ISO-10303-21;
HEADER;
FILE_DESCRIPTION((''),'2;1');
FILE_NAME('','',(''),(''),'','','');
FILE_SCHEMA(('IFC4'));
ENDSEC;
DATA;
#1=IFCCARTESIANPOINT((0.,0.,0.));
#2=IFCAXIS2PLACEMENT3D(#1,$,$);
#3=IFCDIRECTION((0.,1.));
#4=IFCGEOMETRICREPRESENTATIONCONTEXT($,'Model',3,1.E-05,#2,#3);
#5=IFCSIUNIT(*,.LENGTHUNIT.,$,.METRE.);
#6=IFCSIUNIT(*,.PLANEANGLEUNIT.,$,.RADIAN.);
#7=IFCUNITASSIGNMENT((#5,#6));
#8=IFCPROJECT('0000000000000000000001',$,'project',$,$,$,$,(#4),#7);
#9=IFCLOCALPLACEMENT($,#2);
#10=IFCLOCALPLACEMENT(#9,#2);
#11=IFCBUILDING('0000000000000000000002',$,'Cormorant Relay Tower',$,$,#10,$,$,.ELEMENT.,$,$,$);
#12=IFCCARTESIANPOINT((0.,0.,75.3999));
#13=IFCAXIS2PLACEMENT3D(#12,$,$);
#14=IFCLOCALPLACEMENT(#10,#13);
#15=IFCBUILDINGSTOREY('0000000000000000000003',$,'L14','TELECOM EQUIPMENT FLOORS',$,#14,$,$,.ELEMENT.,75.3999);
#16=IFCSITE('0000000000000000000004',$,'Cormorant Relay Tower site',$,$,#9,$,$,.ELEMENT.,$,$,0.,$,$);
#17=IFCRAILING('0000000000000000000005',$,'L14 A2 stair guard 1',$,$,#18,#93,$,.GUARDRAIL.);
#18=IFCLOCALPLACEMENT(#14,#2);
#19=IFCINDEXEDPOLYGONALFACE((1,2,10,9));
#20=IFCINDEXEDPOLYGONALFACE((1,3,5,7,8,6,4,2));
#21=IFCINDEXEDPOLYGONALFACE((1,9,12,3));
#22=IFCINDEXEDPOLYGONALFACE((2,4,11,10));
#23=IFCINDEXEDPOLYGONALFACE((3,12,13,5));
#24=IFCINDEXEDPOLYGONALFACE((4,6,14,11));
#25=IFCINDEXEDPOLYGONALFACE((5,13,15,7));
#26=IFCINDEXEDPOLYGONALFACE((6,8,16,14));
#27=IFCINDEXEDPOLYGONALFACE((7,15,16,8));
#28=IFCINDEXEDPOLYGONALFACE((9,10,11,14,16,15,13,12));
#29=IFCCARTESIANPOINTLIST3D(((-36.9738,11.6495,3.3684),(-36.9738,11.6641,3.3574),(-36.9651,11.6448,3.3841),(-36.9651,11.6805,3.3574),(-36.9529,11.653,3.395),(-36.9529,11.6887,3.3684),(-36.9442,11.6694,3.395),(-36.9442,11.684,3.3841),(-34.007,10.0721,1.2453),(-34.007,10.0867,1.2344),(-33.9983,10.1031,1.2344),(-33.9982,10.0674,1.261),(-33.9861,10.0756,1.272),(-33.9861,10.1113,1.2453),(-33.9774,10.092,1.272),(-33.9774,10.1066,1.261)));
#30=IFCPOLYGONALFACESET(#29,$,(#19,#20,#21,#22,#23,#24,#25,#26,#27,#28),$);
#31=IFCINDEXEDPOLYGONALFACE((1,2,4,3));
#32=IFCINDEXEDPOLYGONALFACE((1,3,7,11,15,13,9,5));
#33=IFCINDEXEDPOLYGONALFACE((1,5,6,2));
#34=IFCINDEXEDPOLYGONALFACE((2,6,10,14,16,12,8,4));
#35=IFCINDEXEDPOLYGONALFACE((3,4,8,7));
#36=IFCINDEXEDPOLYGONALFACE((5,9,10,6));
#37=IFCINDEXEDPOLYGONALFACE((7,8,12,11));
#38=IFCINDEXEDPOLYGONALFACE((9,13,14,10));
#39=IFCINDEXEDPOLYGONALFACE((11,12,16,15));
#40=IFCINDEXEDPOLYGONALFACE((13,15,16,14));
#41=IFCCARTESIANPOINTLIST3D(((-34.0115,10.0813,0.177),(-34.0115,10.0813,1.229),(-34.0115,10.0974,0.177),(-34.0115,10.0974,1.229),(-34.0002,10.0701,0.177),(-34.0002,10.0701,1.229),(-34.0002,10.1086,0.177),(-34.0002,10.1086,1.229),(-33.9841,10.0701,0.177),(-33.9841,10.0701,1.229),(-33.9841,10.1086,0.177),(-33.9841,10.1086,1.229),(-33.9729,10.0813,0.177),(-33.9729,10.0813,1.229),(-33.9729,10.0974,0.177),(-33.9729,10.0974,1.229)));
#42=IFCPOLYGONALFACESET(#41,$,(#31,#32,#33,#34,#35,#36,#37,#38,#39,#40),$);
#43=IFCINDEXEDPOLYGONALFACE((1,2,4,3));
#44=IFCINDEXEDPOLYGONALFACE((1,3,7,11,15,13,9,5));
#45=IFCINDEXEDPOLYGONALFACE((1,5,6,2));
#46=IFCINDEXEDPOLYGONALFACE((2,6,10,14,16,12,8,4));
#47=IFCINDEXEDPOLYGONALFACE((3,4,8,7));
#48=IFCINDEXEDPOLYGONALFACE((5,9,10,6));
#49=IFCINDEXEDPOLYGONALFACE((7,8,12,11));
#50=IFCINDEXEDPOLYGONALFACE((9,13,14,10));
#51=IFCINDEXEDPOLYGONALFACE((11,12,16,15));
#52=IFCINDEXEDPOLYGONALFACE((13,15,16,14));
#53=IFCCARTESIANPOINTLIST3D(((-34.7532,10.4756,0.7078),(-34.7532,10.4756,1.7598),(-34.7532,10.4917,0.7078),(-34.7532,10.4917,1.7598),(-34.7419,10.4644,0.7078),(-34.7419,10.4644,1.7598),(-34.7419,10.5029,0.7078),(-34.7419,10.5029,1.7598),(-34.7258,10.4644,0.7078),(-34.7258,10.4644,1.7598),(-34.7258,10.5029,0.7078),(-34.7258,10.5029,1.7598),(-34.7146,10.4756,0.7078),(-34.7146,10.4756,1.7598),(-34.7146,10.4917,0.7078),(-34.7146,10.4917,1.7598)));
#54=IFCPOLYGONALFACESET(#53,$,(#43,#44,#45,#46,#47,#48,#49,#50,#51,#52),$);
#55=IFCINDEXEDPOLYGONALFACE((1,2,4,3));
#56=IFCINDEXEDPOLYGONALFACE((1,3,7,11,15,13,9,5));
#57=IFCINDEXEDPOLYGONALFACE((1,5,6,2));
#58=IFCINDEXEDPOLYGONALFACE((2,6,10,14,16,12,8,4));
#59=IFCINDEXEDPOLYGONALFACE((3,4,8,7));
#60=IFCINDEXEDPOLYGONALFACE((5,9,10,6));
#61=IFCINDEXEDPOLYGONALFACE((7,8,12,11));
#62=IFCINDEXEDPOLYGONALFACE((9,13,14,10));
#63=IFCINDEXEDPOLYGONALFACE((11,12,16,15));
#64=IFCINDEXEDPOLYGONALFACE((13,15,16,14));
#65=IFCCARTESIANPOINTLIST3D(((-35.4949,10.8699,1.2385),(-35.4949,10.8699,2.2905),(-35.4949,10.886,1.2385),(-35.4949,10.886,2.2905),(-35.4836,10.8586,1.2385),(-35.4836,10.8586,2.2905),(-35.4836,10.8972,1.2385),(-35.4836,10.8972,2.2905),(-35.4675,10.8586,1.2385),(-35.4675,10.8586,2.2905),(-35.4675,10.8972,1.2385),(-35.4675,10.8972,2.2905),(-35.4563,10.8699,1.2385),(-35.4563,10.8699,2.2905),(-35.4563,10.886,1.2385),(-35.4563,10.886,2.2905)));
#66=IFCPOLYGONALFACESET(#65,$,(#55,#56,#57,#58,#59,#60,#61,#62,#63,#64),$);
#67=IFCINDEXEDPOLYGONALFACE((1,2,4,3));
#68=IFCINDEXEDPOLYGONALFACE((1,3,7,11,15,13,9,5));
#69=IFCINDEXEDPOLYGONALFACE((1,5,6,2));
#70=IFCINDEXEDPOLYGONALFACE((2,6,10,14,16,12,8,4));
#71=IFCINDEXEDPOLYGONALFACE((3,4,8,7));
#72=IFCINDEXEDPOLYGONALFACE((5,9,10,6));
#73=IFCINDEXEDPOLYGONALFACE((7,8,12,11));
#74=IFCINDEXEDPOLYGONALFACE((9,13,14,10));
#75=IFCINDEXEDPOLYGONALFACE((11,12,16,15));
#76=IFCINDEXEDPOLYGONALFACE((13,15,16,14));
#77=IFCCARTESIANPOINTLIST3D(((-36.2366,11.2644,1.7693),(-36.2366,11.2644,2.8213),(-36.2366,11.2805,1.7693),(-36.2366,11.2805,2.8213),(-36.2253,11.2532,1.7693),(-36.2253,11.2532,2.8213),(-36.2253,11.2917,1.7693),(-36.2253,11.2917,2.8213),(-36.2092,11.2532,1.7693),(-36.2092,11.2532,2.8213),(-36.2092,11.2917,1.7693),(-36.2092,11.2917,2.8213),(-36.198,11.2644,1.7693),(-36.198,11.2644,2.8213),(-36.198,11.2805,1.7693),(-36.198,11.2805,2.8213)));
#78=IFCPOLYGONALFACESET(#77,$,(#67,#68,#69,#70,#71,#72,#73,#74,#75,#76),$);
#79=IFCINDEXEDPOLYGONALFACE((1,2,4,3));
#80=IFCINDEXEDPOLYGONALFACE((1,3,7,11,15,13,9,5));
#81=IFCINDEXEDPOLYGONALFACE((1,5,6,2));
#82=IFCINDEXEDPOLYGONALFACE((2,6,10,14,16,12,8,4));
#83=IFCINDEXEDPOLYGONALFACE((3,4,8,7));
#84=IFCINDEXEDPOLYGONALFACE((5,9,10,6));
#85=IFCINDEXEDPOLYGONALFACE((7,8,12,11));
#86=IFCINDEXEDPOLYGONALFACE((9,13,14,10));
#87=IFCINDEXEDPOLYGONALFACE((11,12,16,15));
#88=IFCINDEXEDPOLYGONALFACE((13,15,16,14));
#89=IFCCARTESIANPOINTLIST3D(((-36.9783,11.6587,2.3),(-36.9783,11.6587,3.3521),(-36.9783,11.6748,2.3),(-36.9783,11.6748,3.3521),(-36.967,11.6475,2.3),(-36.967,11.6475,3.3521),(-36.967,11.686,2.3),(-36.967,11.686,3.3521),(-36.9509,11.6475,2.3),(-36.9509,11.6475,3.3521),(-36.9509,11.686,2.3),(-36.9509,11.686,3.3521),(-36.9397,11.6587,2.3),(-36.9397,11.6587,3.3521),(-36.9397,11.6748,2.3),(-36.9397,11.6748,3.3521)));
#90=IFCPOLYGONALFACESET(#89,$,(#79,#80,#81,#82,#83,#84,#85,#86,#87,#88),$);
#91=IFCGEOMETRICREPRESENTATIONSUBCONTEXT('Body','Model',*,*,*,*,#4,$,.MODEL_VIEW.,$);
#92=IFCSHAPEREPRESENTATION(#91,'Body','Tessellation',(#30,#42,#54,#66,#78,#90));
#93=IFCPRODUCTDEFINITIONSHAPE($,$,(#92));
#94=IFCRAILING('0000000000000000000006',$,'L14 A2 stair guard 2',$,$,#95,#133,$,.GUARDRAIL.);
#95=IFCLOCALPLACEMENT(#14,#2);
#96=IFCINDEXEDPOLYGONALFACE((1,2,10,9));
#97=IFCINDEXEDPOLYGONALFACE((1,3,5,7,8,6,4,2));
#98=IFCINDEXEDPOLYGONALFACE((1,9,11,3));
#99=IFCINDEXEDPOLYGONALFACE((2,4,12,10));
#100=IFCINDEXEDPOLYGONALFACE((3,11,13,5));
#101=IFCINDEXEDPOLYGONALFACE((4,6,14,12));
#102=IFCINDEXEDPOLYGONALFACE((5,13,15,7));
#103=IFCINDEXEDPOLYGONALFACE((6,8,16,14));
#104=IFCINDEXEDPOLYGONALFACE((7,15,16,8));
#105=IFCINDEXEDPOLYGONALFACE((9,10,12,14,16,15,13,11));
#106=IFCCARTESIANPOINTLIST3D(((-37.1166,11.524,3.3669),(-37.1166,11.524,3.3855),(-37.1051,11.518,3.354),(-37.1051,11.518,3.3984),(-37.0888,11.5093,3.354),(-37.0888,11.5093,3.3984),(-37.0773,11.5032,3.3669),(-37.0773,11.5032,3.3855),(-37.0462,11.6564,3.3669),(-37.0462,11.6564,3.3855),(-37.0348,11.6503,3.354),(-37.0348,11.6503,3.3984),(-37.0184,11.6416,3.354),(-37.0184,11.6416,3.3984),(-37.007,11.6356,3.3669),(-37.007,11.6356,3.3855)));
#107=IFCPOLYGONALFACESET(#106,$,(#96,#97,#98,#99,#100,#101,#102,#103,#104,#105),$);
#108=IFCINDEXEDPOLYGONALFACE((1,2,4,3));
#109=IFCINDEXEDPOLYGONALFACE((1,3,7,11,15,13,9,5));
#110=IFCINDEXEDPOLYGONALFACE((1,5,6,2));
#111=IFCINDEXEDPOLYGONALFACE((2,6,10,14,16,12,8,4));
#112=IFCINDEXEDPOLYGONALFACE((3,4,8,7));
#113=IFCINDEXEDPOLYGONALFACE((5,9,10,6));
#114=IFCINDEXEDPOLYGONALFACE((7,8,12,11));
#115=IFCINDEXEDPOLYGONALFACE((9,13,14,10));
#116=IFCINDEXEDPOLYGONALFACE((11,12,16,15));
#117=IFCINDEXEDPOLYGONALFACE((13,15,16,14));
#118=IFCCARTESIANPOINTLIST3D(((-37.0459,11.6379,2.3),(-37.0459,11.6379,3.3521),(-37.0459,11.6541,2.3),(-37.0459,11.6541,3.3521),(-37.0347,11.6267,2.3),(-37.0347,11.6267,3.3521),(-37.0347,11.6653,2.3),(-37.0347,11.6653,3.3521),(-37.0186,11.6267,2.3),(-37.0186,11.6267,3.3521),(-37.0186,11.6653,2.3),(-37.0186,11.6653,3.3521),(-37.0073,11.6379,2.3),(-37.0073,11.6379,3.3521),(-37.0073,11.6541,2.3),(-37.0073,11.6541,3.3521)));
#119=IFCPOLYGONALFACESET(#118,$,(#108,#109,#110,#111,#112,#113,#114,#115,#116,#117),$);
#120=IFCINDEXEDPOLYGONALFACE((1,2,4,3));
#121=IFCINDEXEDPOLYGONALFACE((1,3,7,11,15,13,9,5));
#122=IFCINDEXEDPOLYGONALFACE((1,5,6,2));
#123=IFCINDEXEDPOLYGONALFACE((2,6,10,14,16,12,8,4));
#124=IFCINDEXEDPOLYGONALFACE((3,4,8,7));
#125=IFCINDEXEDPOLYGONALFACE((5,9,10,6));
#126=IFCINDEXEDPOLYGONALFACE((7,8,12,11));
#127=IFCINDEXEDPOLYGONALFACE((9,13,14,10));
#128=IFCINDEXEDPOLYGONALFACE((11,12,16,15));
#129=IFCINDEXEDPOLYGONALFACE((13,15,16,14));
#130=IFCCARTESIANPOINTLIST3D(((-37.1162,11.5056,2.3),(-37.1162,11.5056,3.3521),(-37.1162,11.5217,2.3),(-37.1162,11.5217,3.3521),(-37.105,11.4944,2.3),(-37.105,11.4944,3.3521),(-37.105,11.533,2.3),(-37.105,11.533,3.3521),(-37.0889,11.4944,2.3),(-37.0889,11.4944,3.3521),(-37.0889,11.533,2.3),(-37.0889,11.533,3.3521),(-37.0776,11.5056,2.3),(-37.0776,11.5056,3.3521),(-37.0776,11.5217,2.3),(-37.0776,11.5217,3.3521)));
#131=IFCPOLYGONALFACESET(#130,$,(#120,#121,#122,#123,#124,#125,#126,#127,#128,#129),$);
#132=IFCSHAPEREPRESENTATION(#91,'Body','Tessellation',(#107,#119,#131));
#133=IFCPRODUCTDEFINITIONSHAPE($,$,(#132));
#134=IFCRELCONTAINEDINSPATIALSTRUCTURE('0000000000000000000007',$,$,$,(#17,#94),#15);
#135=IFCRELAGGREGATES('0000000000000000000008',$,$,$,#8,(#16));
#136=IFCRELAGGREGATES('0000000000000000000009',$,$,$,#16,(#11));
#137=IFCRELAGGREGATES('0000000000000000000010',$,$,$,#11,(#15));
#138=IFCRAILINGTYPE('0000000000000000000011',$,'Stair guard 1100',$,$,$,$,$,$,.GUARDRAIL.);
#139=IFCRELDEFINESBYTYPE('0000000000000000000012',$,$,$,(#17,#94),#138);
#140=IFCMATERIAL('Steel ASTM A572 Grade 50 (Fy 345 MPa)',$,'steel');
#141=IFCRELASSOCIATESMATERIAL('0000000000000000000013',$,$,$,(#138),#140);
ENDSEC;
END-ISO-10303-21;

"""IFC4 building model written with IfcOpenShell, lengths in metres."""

from ifc_helpers import new_model, si_unit, direction, frame, origin, place, context, subcontext, project, spatial, polyline, outline, extrude, material, type_object, element, save


model = new_model("IFC4")

# Units and contexts
model_context = context("Model", 3, precision=1e-05, world=origin(), true_north=direction((0.0, 1.0)))
body_context = subcontext(model_context, "Body", "Model", "MODEL_VIEW")
ifc_project = project(units=[si_unit("LENGTHUNIT", "METRE"), si_unit("PLANEANGLEUNIT", "RADIAN")], contexts=[model_context])

# Site, building, storey
site_placement = place(None, origin())
site = spatial("IfcSite", under=ifc_project, at=site_placement, Name="Cormorant Relay Tower site", CompositionType="ELEMENT", RefElevation=0.0)
building_placement = place(site_placement, origin())
building = spatial("IfcBuilding", under=site, at=building_placement, Name="Cormorant Relay Tower", CompositionType="ELEMENT")
storey_placement = place(building_placement, frame((0.0, 0.0, 75.3999)))
storey = spatial("IfcBuildingStorey", under=building, at=storey_placement, Name="L14", Description="TELECOM EQUIPMENT FLOORS", CompositionType="ELEMENT", Elevation=75.3999)

# Railings
ifc_material_1 = material(Name="Steel ASTM A572 Grade 50 (Fy 345 MPa)", Category="steel")
railing_type_1 = type_object("IfcRailingType", Name="Stair guard 1100", PredefinedType="GUARDRAIL", material=ifc_material_1)
railing_1_placement = place(storey_placement, frame((-33.9922, 10.0894, 0.177)))
element("IfcRailing", 1, at=railing_1_placement, inside=storey, type_object=railing_type_1, Name="L14 A2 stair guard 1", PredefinedType="GUARDRAIL", context=body_context, shape_type="SweptSolid", body=[
    extrude(outline(polyline([(0.0222, 0.0093), (0.0093, 0.0222), (-0.0093, 0.0222), (-0.0222, 0.0093), (-0.0222, -0.0093), (-0.0093, -0.0222), (0.0093, -0.0222), (0.0222, -0.0093), (0.0222, 0.0093)])), frame((0.0, 0.0, 1.0762), z_axis=(-0.746441, 0.396869, 0.534155), x_axis=(-0.469453, -0.882958, 0.0)), (0.0, 0.0, 1.0), 3.9746),
    extrude(outline(polyline([(0.0193, 0.0081), (0.0081, 0.0193), (-0.0081, 0.0193), (-0.0193, 0.0081), (-0.0193, -0.0081), (-0.0081, -0.0193), (0.0081, -0.0193), (0.0193, -0.0081), (0.0193, 0.0081)])), origin(), (0.0, 0.0, 1.0), 1.052),
    extrude(outline(polyline([(0.0193, 0.0081), (0.0081, 0.0193), (-0.0081, 0.0193), (-0.0193, 0.0081), (-0.0193, -0.0081), (-0.0081, -0.0193), (0.0081, -0.0193), (0.0193, -0.0081), (0.0193, 0.0081)])), frame((-0.7417, 0.3943, 0.5308)), (0.0, 0.0, 1.0), 1.052),
    extrude(outline(polyline([(0.0193, 0.0081), (0.0081, 0.0193), (-0.0081, 0.0193), (-0.0193, 0.0081), (-0.0193, -0.0081), (-0.0081, -0.0193), (0.0081, -0.0193), (0.0193, -0.0081), (0.0193, 0.0081)])), frame((-1.4834, 0.7886, 1.0615)), (0.0, 0.0, 1.0), 1.052),
    extrude(outline(polyline([(0.0193, 0.0081), (0.0081, 0.0193), (-0.0081, 0.0193), (-0.0193, 0.0081), (-0.0193, -0.0081), (-0.0081, -0.0193), (0.0081, -0.0193), (0.0193, -0.0081), (0.0193, 0.0081)])), frame((-2.2251, 1.1831, 1.5923)), (0.0, 0.0, 1.0), 1.052),
    extrude(outline(polyline([(0.0193, 0.0081), (0.0081, 0.0193), (-0.0081, 0.0193), (-0.0193, 0.0081), (-0.0193, -0.0081), (-0.0081, -0.0193), (0.0081, -0.0193), (0.0193, -0.0081), (0.0193, 0.0081)])), frame((-2.9668, 1.5774, 2.123)), (0.0, 0.0, 1.0), 1.052),
])
railing_2_placement = place(storey_placement, frame((-37.0266, 11.646, 2.3)))
element("IfcRailing", 2, at=railing_2_placement, inside=storey, type_object=railing_type_1, Name="L14 A2 stair guard 2", PredefinedType="GUARDRAIL", context=body_context, shape_type="SweptSolid", body=[
    extrude(outline(polyline([(0.0222, 0.0093), (0.0093, 0.0222), (-0.0093, 0.0222), (-0.0222, 0.0093), (-0.0222, -0.0093), (-0.0093, -0.0222), (0.0093, -0.0222), (0.0222, -0.0093), (0.0222, 0.0093)])), frame((0.0, 0.0, 1.0762), z_axis=(-0.469235, -0.883074, 0.0), x_axis=(0.883074, -0.469235, 0.0)), (0.0, 0.0, 1.0), 0.1499),
    extrude(outline(polyline([(0.0193, 0.0081), (0.0081, 0.0193), (-0.0081, 0.0193), (-0.0193, 0.0081), (-0.0193, -0.0081), (-0.0081, -0.0193), (0.0081, -0.0193), (0.0193, -0.0081), (0.0193, 0.0081)])), origin(), (0.0, 0.0, 1.0), 1.052),
    extrude(outline(polyline([(0.0193, 0.0081), (0.0081, 0.0193), (-0.0081, 0.0193), (-0.0193, 0.0081), (-0.0193, -0.0081), (-0.0081, -0.0193), (0.0081, -0.0193), (0.0193, -0.0081), (0.0193, 0.0081)])), frame((-0.0703, -0.1323, 0.0)), (0.0, 0.0, 1.0), 1.052),
])

save(model, "model.ifc")
